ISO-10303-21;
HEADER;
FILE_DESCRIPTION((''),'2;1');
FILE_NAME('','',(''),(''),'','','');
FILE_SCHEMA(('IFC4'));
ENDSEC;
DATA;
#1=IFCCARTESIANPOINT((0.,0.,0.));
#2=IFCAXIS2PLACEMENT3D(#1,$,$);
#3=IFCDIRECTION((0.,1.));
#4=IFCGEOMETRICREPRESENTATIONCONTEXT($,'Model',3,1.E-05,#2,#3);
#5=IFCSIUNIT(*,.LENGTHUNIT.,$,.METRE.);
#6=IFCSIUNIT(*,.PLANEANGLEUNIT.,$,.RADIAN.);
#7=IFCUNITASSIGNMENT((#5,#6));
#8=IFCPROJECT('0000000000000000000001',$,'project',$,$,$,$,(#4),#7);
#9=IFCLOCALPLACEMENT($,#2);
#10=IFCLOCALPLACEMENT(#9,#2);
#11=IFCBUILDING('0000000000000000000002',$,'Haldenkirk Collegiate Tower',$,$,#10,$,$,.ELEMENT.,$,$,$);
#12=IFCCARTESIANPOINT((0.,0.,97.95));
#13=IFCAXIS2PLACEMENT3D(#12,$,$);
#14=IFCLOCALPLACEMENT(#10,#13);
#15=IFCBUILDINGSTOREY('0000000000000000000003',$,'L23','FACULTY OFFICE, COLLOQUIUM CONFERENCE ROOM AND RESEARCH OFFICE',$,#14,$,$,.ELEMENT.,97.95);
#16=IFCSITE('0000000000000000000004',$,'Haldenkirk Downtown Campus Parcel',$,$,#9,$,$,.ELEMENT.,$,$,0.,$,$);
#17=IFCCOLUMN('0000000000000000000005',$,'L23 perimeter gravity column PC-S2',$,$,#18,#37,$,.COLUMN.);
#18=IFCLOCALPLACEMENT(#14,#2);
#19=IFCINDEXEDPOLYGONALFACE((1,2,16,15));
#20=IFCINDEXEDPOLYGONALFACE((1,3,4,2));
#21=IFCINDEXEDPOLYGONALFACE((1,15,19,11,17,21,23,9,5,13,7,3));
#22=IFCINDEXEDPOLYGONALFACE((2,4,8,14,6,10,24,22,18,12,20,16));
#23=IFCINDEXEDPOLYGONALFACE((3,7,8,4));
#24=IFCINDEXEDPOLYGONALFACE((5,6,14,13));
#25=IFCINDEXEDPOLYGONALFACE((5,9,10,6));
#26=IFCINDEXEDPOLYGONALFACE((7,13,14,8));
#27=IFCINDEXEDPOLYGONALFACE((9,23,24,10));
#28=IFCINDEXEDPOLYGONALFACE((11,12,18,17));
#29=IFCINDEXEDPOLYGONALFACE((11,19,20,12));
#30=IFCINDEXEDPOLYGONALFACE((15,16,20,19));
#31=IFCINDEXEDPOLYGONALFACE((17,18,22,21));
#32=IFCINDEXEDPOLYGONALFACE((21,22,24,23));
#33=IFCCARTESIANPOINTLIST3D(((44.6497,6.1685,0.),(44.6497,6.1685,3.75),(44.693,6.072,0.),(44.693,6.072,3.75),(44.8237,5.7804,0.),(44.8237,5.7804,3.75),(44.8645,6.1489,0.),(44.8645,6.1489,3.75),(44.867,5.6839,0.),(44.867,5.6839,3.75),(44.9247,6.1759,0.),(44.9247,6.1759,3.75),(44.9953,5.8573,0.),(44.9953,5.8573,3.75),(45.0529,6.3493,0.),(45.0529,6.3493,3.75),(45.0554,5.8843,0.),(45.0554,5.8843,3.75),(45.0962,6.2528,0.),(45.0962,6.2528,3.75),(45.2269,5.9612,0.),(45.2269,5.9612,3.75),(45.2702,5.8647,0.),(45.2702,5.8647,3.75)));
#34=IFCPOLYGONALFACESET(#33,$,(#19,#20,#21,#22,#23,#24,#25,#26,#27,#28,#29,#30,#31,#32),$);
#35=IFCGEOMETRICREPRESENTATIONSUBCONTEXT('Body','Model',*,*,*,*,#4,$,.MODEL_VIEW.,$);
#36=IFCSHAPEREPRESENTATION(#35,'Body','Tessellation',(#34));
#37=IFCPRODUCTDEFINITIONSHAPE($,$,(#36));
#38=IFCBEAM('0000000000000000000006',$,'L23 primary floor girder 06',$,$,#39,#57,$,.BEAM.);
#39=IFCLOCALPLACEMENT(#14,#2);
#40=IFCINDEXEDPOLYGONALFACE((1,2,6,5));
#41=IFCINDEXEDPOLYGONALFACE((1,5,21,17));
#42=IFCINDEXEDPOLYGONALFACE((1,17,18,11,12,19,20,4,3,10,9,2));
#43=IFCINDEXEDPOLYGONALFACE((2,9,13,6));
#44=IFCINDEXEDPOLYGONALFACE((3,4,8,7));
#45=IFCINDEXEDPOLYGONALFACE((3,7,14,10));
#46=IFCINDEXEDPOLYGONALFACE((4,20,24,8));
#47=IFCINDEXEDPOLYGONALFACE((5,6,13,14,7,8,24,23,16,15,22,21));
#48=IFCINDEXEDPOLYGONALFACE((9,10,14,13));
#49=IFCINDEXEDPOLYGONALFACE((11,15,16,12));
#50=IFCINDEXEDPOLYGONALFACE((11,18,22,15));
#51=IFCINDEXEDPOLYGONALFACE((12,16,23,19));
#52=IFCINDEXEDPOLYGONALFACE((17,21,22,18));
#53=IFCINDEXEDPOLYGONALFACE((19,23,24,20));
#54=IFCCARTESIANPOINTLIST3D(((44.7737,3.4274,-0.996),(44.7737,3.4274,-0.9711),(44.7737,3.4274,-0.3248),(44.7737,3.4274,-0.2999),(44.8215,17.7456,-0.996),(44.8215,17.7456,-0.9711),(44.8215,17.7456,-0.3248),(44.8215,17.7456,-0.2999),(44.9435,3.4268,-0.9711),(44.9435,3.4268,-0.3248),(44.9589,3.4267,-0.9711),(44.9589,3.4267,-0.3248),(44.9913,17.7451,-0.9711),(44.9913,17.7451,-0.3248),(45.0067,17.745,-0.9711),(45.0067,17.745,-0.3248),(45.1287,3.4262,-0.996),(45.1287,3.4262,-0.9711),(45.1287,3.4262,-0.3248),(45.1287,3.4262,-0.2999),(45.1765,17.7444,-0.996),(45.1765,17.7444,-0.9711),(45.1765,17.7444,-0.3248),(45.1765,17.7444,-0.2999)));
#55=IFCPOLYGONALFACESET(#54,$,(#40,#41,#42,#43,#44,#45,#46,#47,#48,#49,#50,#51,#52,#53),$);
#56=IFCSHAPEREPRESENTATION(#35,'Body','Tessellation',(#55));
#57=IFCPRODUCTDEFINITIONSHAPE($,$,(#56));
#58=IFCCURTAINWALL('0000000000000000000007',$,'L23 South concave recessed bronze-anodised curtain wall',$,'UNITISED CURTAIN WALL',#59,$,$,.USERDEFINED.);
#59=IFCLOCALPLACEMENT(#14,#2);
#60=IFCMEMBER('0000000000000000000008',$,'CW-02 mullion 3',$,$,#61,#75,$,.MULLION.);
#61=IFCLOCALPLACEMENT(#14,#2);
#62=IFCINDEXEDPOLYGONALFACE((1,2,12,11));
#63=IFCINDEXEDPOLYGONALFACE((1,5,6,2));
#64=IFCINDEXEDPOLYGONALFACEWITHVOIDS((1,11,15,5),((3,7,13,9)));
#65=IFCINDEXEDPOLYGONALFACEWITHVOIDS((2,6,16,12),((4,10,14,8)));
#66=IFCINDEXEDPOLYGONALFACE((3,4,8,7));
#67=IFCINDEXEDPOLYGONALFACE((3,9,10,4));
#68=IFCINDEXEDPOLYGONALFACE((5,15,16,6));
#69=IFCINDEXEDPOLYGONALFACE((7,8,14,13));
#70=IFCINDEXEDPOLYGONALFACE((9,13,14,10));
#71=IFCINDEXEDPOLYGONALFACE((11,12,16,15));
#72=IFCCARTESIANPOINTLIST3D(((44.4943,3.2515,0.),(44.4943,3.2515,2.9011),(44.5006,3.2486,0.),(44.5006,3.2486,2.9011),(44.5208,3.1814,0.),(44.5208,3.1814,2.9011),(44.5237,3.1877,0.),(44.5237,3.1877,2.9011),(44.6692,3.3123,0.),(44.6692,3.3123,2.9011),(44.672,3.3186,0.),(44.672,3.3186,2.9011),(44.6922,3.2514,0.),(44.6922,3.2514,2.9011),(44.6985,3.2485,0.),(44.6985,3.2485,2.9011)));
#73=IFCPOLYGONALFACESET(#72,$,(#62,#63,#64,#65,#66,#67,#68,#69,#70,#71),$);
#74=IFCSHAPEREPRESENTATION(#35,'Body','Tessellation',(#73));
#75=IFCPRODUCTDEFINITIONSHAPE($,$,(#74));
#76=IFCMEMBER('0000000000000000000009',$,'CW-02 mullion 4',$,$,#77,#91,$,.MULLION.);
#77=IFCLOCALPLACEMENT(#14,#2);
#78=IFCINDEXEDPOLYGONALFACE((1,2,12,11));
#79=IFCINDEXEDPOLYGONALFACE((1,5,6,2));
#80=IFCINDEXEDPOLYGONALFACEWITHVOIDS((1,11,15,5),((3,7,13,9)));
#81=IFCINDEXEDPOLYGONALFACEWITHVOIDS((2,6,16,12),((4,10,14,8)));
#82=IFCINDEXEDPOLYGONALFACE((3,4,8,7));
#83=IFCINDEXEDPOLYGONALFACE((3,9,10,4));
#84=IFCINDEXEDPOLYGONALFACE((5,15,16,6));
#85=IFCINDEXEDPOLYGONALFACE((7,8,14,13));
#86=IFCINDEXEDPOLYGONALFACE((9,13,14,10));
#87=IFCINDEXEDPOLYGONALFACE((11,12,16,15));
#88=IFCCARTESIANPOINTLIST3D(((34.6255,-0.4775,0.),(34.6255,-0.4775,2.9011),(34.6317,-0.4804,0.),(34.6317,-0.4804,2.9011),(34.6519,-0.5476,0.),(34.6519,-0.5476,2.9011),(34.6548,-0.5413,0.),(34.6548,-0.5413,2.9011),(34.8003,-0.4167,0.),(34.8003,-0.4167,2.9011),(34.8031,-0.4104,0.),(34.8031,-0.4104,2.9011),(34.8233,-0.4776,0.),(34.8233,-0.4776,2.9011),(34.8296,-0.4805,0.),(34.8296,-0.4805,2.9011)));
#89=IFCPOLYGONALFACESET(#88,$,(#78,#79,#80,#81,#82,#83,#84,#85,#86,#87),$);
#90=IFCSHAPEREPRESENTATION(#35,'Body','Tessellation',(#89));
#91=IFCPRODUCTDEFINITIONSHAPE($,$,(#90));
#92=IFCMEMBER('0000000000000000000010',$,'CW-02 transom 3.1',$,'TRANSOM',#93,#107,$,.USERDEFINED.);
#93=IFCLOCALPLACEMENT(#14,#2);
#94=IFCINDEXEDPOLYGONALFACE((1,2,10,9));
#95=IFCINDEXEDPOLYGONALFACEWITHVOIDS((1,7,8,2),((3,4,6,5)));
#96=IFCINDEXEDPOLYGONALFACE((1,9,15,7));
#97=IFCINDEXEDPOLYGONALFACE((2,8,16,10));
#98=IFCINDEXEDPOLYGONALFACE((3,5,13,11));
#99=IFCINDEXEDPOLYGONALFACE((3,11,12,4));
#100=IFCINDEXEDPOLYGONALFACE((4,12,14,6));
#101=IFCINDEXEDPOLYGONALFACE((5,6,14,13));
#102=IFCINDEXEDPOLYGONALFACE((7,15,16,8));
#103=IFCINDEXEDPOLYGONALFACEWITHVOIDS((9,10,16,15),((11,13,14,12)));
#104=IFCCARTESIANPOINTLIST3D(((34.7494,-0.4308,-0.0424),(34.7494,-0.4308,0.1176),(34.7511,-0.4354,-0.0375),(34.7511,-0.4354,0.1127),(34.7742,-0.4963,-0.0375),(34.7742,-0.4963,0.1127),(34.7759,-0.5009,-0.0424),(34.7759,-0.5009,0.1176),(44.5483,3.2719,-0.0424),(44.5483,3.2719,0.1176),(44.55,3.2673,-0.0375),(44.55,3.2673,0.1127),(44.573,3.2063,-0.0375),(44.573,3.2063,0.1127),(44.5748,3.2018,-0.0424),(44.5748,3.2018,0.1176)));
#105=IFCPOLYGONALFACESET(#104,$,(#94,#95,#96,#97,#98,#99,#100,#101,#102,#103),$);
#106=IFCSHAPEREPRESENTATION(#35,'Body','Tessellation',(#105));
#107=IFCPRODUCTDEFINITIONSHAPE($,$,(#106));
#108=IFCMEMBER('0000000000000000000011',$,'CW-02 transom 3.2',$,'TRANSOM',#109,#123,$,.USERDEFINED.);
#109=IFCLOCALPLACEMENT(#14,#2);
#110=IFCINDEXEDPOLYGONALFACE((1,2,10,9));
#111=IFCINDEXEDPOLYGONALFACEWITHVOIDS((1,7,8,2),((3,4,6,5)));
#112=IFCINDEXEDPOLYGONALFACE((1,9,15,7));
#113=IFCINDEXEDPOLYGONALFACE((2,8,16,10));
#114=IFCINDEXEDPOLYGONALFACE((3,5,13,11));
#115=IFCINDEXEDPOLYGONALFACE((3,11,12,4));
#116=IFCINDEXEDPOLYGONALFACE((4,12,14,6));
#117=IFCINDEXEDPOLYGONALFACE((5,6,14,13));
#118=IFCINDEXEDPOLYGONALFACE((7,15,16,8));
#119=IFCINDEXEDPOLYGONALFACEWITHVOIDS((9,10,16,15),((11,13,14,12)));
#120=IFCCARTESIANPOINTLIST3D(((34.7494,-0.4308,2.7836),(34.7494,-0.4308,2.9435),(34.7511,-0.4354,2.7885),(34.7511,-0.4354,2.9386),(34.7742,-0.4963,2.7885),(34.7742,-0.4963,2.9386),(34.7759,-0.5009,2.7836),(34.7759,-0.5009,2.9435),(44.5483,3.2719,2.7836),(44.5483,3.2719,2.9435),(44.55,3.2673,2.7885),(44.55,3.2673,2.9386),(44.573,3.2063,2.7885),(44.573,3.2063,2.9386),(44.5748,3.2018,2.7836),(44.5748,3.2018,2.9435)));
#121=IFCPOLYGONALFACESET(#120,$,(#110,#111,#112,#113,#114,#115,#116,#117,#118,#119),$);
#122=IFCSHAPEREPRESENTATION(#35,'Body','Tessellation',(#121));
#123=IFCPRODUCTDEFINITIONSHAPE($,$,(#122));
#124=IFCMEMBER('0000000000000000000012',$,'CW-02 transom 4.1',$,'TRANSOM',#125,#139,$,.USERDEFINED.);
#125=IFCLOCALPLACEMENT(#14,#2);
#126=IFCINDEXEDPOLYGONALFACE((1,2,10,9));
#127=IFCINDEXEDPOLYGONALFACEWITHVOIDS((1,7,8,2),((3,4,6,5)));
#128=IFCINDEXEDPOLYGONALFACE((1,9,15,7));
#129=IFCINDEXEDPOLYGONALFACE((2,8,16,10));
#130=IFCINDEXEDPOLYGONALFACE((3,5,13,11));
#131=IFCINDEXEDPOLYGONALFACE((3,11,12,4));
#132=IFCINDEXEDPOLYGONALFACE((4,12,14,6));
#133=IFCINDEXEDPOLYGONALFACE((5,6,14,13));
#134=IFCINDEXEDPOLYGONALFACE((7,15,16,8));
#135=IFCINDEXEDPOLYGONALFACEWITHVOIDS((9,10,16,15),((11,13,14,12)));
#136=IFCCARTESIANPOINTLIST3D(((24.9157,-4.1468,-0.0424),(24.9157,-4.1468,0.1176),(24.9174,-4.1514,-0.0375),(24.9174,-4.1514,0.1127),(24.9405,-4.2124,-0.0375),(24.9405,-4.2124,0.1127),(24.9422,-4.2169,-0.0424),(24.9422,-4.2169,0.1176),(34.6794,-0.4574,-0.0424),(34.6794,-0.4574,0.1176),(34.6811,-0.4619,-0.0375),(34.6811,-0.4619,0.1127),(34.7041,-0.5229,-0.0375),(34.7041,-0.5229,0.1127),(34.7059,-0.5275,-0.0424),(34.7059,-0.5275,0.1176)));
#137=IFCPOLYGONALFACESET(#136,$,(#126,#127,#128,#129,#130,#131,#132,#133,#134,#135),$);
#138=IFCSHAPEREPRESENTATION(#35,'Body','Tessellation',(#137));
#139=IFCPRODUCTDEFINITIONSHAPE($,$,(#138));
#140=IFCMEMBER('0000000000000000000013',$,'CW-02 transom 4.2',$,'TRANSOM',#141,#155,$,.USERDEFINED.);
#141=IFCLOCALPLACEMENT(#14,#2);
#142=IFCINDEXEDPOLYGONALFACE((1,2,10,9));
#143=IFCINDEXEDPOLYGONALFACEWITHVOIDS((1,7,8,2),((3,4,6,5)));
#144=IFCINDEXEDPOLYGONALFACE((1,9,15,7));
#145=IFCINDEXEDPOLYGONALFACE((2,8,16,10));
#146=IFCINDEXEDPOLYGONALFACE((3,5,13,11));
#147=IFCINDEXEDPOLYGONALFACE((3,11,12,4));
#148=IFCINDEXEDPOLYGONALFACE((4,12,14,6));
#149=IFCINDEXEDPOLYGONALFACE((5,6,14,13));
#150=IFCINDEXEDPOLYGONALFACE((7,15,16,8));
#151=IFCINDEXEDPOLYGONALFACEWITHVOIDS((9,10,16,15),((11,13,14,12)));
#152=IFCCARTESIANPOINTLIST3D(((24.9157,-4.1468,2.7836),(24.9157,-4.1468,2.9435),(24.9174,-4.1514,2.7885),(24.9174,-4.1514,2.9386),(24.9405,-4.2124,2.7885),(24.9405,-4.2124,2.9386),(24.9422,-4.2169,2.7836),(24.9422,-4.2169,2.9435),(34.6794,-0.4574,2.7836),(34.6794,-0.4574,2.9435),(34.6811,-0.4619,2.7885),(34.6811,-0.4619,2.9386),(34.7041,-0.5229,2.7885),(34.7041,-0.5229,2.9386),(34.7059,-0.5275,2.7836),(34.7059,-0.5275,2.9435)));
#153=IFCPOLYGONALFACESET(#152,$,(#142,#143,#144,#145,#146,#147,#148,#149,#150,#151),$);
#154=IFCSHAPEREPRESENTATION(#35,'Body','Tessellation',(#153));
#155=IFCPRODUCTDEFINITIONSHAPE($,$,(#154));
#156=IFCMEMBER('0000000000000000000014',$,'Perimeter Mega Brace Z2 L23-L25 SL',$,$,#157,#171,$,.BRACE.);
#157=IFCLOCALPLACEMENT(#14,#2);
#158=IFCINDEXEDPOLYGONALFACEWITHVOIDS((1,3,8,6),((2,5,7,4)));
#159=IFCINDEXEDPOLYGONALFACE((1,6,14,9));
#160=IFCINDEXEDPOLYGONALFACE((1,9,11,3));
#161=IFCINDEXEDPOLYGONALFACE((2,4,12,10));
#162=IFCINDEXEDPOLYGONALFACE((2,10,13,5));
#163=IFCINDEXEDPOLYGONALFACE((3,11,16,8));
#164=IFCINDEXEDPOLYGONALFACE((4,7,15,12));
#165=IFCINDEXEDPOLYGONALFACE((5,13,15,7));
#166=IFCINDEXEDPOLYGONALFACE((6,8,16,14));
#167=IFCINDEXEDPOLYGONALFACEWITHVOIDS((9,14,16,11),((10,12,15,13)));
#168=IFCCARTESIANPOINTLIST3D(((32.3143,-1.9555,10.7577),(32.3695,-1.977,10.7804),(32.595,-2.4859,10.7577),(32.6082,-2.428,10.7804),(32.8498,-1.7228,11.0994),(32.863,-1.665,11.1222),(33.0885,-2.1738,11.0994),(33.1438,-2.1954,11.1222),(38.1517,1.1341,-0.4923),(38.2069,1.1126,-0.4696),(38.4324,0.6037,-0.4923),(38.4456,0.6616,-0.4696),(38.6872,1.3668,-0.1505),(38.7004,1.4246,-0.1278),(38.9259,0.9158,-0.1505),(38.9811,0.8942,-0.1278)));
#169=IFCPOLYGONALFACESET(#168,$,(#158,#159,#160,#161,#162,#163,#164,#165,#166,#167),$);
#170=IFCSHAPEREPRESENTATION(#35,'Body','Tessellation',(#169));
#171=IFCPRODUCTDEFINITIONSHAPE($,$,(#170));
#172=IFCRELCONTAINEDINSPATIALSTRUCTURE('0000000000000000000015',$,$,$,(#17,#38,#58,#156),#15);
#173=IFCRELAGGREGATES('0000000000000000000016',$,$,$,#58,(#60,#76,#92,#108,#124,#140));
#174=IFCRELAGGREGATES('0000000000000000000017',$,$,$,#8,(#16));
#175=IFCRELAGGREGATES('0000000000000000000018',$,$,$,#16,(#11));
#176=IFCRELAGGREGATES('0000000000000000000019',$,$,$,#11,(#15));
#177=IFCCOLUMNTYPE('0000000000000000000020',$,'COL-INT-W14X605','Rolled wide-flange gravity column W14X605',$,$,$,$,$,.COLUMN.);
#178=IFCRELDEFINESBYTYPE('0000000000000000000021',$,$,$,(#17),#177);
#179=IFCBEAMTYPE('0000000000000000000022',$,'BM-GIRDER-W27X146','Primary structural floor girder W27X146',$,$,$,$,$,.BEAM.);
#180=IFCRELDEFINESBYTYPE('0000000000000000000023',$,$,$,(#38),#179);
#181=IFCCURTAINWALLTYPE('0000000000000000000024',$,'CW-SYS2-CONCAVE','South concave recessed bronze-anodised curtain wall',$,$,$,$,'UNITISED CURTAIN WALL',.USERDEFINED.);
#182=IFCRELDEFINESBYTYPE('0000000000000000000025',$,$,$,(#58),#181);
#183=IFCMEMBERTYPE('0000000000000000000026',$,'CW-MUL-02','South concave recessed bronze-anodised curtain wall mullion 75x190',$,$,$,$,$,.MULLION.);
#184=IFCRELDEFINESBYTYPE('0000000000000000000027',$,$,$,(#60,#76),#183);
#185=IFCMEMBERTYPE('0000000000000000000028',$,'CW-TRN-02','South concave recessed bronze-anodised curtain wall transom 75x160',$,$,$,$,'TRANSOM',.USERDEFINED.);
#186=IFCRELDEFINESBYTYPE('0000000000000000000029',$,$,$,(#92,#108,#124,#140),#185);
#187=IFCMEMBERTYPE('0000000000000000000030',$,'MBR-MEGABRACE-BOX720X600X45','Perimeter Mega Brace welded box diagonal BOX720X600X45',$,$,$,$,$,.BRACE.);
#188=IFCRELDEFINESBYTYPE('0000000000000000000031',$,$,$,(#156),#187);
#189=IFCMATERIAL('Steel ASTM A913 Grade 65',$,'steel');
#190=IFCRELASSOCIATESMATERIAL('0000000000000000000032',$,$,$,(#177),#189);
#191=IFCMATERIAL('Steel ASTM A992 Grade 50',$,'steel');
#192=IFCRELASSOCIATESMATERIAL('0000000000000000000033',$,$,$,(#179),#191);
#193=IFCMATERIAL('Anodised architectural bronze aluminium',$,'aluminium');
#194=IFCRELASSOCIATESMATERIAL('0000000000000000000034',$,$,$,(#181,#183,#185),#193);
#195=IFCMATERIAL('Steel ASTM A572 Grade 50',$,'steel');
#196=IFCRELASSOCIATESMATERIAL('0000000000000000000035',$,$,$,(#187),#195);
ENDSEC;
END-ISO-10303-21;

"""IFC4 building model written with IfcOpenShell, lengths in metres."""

from ifc_helpers import new_model, si_unit, direction, frame, origin, origin_2d, place, context, subcontext, project, spatial, hollow_rectangle, i_section, extrude, material, material_profile, profile_set, type_object, element, aggregate, save


model = new_model("IFC4")

# Units and contexts
model_context = context("Model", 3, precision=1e-05, world=origin(), true_north=direction((0.0, 1.0)))
body_context = subcontext(model_context, "Body", "Model", "MODEL_VIEW")
ifc_project = project(units=[si_unit("LENGTHUNIT", "METRE"), si_unit("PLANEANGLEUNIT", "RADIAN")], contexts=[model_context])

# Site, building, storey
site_placement = place(None, origin())
site = spatial("IfcSite", under=ifc_project, at=site_placement, Name="Haldenkirk Downtown Campus Parcel", CompositionType="ELEMENT", RefElevation=0.0)
building_placement = place(site_placement, origin())
building = spatial("IfcBuilding", under=site, at=building_placement, Name="Haldenkirk Collegiate Tower", CompositionType="ELEMENT")
storey_placement = place(building_placement, frame((0.0, 0.0, 97.95)))
storey = spatial("IfcBuildingStorey", under=building, at=storey_placement, Name="L23", Description="FACULTY OFFICE, COLLOQUIUM CONFERENCE ROOM AND RESEARCH OFFICE", CompositionType="ELEMENT", Elevation=97.95)

# Column
ifc_material_1 = material(Name="Steel ASTM A913 Grade 65", Category="steel")
ifc_material_profile_1 = material_profile(ifc_material_1, i_section(OverallWidth=0.4419, OverallDepth=0.531, WebThickness=0.0659, FlangeThickness=0.1057, at=origin_2d()), Name="W14X605")
ifc_profile_set_1 = profile_set([ifc_material_profile_1], Name="Steel ASTM A913 Grade 65")
column_type = type_object("IfcColumnType", Name="COL-INT-W14X605", Description="Rolled wide-flange gravity column W14X605", PredefinedType="COLUMN", material=ifc_profile_set_1)
column_placement = place(storey_placement, frame((44.96, 6.0166, 0.0), z_axis=(0.0, 0.0, 1.0), x_axis=(0.912477, 0.409127, 0.0)))
element("IfcColumn", 1, at=column_placement, inside=storey, type_object=column_type, Name="L23 perimeter gravity column PC-S2", PredefinedType="COLUMN", context=body_context, shape_type="SweptSolid", body=[
    extrude(i_section(OverallWidth=0.4419, OverallDepth=0.531, WebThickness=0.0659, FlangeThickness=0.1057, at=origin_2d()), origin(), (0.0, 0.0, 1.0), 3.75),
])

# Beam
ifc_material_2 = material(Name="Steel ASTM A992 Grade 50", Category="steel")
ifc_material_profile_2 = material_profile(ifc_material_2, i_section(OverallWidth=0.355, OverallDepth=0.696, WebThickness=0.0154, FlangeThickness=0.0249, at=origin_2d()), Name="W27X146")
ifc_profile_set_2 = profile_set([ifc_material_profile_2], Name="Steel ASTM A992 Grade 50")
beam_type = type_object("IfcBeamType", Name="BM-GIRDER-W27X146", Description="Primary structural floor girder W27X146", PredefinedType="BEAM", material=ifc_profile_set_2)
beam_placement = place(storey_placement, frame((44.9512, 3.4268, -0.6479), z_axis=(0.003342, 0.999994, 0.0), x_axis=(-0.999994, 0.003342, 0.0)))
element("IfcBeam", 2, at=beam_placement, inside=storey, type_object=beam_type, Name="L23 primary floor girder 06", PredefinedType="BEAM", context=body_context, shape_type="SweptSolid", body=[
    extrude(i_section(OverallWidth=0.355, OverallDepth=0.696, WebThickness=0.0154, FlangeThickness=0.0249, at=origin_2d()), origin(), (0.0, 0.0, 1.0), 14.3184),
])

# Curtain wall, members
ifc_material_3 = material(Name="Anodised architectural bronze aluminium", Category="aluminium")
curtain_wall_type = type_object("IfcCurtainWallType", Name="CW-SYS2-CONCAVE", Description="South concave recessed bronze-anodised curtain wall", ElementType="UNITISED CURTAIN WALL", PredefinedType="USERDEFINED", material=ifc_material_3)
curtain_wall_placement = place(storey_placement, origin())
curtain_wall = element("IfcCurtainWall", 3, at=curtain_wall_placement, inside=storey, type_object=curtain_wall_type, Name="L23 South concave recessed bronze-anodised curtain wall", ObjectType="UNITISED CURTAIN WALL", PredefinedType="USERDEFINED")
ifc_material_profile_3 = material_profile(ifc_material_3, hollow_rectangle(XDim=0.075, YDim=0.1899, WallThickness=0.0049, at=origin_2d()), Name="CW-MUL-02")
ifc_profile_set_3 = profile_set([ifc_material_profile_3], Name="Anodised architectural bronze aluminium")
member_type_1 = type_object("IfcMemberType", Name="CW-MUL-02", Description="South concave recessed bronze-anodised curtain wall mullion 75x190", PredefinedType="MULLION", material=ifc_profile_set_3)
member_1_placement = place(storey_placement, frame((44.5964, 3.25, 0.0), z_axis=(0.0, 0.0, 1.0), x_axis=(0.353476, -0.935443, 0.0)))
member_1 = element("IfcMember", 4, at=member_1_placement, type_object=member_type_1, Name="CW-02 mullion 3", PredefinedType="MULLION", context=body_context, shape_type="SweptSolid", body=[
    extrude(hollow_rectangle(XDim=0.075, YDim=0.1899, WallThickness=0.0049, at=origin_2d()), origin(), (0.0, 0.0, 1.0), 2.9011),
])
member_2_placement = place(storey_placement, frame((34.7275, -0.479, 0.0), z_axis=(0.0, 0.0, 1.0), x_axis=(0.353476, -0.935443, 0.0)))
member_2 = element("IfcMember", 5, at=member_2_placement, type_object=member_type_1, Name="CW-02 mullion 4", PredefinedType="MULLION", context=body_context, shape_type="SweptSolid", body=[
    extrude(hollow_rectangle(XDim=0.075, YDim=0.1899, WallThickness=0.0049, at=origin_2d()), origin(), (0.0, 0.0, 1.0), 2.9011),
])
ifc_material_profile_4 = material_profile(ifc_material_3, hollow_rectangle(XDim=0.075, YDim=0.1599, WallThickness=0.0049, at=origin_2d()), Name="CW-TRN-02")
ifc_profile_set_4 = profile_set([ifc_material_profile_4], Name="Anodised architectural bronze aluminium")
member_type_2 = type_object("IfcMemberType", Name="CW-TRN-02", Description="South concave recessed bronze-anodised curtain wall transom 75x160", ElementType="TRANSOM", PredefinedType="USERDEFINED", material=ifc_profile_set_4)
member_3_placement = place(storey_placement, frame((44.5615, 3.2368, 0.0376), z_axis=(-0.935445, -0.353472, 0.0), x_axis=(0.353472, -0.935445, 0.0)))
member_3 = element("IfcMember", 6, at=member_3_placement, type_object=member_type_2, Name="CW-02 transom 3.1", ObjectType="TRANSOM", PredefinedType="USERDEFINED", context=body_context, shape_type="SweptSolid", body=[
    extrude(hollow_rectangle(XDim=0.075, YDim=0.1599, WallThickness=0.0049, at=origin_2d()), origin(), (0.0, 0.0, 1.0), 10.4751),
])
member_4_placement = place(storey_placement, frame((44.5615, 3.2368, 2.8635), z_axis=(-0.935445, -0.353472, 0.0), x_axis=(0.353472, -0.935445, 0.0)))
member_4 = element("IfcMember", 7, at=member_4_placement, type_object=member_type_2, Name="CW-02 transom 3.2", ObjectType="TRANSOM", PredefinedType="USERDEFINED", context=body_context, shape_type="SweptSolid", body=[
    extrude(hollow_rectangle(XDim=0.075, YDim=0.1599, WallThickness=0.0049, at=origin_2d()), origin(), (0.0, 0.0, 1.0), 10.4751),
])
member_5_placement = place(storey_placement, frame((34.6926, -0.4924, 0.0376), z_axis=(-0.935442, -0.353481, 0.0), x_axis=(0.353481, -0.935442, 0.0)))
member_5 = element("IfcMember", 8, at=member_5_placement, type_object=member_type_2, Name="CW-02 transom 4.1", ObjectType="TRANSOM", PredefinedType="USERDEFINED", context=body_context, shape_type="SweptSolid", body=[
    extrude(hollow_rectangle(XDim=0.075, YDim=0.1599, WallThickness=0.0049, at=origin_2d()), origin(), (0.0, 0.0, 1.0), 10.4375),
])
member_6_placement = place(storey_placement, frame((34.6926, -0.4924, 2.8635), z_axis=(-0.935442, -0.353481, 0.0), x_axis=(0.353481, -0.935442, 0.0)))
member_6 = element("IfcMember", 9, at=member_6_placement, type_object=member_type_2, Name="CW-02 transom 4.2", ObjectType="TRANSOM", PredefinedType="USERDEFINED", context=body_context, shape_type="SweptSolid", body=[
    extrude(hollow_rectangle(XDim=0.075, YDim=0.1599, WallThickness=0.0049, at=origin_2d()), origin(), (0.0, 0.0, 1.0), 10.4375),
])

# Member
ifc_material_4 = material(Name="Steel ASTM A572 Grade 50", Category="steel")
ifc_material_profile_5 = material_profile(ifc_material_4, hollow_rectangle(XDim=0.6001, YDim=0.72, WallThickness=0.0449, at=origin_2d()), Name="BOX720X600X45")
ifc_profile_set_5 = profile_set([ifc_material_profile_5], Name="Steel ASTM A572 Grade 50")
member_type_3 = type_object("IfcMemberType", Name="MBR-MEGABRACE-BOX720X600X45", Description="Perimeter Mega Brace welded box diagonal BOX720X600X45", PredefinedType="BRACE", material=ifc_profile_set_5)
member_7_placement = place(storey_placement, frame((38.5664, 1.0142, -0.3101), z_axis=(-0.447467, -0.236834, 0.862371), x_axis=(0.467794, -0.883837, 0.0)))
element("IfcMember", 10, at=member_7_placement, inside=storey, type_object=member_type_3, Name="Perimeter Mega Brace Z2 L23-L25 SL", PredefinedType="BRACE", context=body_context, shape_type="SweptSolid", body=[
    extrude(hollow_rectangle(XDim=0.6001, YDim=0.72, WallThickness=0.0449, at=origin_2d()), origin(), (0.0, 0.0, 1.0), 13.0454),
])

aggregate(curtain_wall, [member_1, member_2, member_3, member_4, member_5, member_6])

save(model, "model.ifc")
